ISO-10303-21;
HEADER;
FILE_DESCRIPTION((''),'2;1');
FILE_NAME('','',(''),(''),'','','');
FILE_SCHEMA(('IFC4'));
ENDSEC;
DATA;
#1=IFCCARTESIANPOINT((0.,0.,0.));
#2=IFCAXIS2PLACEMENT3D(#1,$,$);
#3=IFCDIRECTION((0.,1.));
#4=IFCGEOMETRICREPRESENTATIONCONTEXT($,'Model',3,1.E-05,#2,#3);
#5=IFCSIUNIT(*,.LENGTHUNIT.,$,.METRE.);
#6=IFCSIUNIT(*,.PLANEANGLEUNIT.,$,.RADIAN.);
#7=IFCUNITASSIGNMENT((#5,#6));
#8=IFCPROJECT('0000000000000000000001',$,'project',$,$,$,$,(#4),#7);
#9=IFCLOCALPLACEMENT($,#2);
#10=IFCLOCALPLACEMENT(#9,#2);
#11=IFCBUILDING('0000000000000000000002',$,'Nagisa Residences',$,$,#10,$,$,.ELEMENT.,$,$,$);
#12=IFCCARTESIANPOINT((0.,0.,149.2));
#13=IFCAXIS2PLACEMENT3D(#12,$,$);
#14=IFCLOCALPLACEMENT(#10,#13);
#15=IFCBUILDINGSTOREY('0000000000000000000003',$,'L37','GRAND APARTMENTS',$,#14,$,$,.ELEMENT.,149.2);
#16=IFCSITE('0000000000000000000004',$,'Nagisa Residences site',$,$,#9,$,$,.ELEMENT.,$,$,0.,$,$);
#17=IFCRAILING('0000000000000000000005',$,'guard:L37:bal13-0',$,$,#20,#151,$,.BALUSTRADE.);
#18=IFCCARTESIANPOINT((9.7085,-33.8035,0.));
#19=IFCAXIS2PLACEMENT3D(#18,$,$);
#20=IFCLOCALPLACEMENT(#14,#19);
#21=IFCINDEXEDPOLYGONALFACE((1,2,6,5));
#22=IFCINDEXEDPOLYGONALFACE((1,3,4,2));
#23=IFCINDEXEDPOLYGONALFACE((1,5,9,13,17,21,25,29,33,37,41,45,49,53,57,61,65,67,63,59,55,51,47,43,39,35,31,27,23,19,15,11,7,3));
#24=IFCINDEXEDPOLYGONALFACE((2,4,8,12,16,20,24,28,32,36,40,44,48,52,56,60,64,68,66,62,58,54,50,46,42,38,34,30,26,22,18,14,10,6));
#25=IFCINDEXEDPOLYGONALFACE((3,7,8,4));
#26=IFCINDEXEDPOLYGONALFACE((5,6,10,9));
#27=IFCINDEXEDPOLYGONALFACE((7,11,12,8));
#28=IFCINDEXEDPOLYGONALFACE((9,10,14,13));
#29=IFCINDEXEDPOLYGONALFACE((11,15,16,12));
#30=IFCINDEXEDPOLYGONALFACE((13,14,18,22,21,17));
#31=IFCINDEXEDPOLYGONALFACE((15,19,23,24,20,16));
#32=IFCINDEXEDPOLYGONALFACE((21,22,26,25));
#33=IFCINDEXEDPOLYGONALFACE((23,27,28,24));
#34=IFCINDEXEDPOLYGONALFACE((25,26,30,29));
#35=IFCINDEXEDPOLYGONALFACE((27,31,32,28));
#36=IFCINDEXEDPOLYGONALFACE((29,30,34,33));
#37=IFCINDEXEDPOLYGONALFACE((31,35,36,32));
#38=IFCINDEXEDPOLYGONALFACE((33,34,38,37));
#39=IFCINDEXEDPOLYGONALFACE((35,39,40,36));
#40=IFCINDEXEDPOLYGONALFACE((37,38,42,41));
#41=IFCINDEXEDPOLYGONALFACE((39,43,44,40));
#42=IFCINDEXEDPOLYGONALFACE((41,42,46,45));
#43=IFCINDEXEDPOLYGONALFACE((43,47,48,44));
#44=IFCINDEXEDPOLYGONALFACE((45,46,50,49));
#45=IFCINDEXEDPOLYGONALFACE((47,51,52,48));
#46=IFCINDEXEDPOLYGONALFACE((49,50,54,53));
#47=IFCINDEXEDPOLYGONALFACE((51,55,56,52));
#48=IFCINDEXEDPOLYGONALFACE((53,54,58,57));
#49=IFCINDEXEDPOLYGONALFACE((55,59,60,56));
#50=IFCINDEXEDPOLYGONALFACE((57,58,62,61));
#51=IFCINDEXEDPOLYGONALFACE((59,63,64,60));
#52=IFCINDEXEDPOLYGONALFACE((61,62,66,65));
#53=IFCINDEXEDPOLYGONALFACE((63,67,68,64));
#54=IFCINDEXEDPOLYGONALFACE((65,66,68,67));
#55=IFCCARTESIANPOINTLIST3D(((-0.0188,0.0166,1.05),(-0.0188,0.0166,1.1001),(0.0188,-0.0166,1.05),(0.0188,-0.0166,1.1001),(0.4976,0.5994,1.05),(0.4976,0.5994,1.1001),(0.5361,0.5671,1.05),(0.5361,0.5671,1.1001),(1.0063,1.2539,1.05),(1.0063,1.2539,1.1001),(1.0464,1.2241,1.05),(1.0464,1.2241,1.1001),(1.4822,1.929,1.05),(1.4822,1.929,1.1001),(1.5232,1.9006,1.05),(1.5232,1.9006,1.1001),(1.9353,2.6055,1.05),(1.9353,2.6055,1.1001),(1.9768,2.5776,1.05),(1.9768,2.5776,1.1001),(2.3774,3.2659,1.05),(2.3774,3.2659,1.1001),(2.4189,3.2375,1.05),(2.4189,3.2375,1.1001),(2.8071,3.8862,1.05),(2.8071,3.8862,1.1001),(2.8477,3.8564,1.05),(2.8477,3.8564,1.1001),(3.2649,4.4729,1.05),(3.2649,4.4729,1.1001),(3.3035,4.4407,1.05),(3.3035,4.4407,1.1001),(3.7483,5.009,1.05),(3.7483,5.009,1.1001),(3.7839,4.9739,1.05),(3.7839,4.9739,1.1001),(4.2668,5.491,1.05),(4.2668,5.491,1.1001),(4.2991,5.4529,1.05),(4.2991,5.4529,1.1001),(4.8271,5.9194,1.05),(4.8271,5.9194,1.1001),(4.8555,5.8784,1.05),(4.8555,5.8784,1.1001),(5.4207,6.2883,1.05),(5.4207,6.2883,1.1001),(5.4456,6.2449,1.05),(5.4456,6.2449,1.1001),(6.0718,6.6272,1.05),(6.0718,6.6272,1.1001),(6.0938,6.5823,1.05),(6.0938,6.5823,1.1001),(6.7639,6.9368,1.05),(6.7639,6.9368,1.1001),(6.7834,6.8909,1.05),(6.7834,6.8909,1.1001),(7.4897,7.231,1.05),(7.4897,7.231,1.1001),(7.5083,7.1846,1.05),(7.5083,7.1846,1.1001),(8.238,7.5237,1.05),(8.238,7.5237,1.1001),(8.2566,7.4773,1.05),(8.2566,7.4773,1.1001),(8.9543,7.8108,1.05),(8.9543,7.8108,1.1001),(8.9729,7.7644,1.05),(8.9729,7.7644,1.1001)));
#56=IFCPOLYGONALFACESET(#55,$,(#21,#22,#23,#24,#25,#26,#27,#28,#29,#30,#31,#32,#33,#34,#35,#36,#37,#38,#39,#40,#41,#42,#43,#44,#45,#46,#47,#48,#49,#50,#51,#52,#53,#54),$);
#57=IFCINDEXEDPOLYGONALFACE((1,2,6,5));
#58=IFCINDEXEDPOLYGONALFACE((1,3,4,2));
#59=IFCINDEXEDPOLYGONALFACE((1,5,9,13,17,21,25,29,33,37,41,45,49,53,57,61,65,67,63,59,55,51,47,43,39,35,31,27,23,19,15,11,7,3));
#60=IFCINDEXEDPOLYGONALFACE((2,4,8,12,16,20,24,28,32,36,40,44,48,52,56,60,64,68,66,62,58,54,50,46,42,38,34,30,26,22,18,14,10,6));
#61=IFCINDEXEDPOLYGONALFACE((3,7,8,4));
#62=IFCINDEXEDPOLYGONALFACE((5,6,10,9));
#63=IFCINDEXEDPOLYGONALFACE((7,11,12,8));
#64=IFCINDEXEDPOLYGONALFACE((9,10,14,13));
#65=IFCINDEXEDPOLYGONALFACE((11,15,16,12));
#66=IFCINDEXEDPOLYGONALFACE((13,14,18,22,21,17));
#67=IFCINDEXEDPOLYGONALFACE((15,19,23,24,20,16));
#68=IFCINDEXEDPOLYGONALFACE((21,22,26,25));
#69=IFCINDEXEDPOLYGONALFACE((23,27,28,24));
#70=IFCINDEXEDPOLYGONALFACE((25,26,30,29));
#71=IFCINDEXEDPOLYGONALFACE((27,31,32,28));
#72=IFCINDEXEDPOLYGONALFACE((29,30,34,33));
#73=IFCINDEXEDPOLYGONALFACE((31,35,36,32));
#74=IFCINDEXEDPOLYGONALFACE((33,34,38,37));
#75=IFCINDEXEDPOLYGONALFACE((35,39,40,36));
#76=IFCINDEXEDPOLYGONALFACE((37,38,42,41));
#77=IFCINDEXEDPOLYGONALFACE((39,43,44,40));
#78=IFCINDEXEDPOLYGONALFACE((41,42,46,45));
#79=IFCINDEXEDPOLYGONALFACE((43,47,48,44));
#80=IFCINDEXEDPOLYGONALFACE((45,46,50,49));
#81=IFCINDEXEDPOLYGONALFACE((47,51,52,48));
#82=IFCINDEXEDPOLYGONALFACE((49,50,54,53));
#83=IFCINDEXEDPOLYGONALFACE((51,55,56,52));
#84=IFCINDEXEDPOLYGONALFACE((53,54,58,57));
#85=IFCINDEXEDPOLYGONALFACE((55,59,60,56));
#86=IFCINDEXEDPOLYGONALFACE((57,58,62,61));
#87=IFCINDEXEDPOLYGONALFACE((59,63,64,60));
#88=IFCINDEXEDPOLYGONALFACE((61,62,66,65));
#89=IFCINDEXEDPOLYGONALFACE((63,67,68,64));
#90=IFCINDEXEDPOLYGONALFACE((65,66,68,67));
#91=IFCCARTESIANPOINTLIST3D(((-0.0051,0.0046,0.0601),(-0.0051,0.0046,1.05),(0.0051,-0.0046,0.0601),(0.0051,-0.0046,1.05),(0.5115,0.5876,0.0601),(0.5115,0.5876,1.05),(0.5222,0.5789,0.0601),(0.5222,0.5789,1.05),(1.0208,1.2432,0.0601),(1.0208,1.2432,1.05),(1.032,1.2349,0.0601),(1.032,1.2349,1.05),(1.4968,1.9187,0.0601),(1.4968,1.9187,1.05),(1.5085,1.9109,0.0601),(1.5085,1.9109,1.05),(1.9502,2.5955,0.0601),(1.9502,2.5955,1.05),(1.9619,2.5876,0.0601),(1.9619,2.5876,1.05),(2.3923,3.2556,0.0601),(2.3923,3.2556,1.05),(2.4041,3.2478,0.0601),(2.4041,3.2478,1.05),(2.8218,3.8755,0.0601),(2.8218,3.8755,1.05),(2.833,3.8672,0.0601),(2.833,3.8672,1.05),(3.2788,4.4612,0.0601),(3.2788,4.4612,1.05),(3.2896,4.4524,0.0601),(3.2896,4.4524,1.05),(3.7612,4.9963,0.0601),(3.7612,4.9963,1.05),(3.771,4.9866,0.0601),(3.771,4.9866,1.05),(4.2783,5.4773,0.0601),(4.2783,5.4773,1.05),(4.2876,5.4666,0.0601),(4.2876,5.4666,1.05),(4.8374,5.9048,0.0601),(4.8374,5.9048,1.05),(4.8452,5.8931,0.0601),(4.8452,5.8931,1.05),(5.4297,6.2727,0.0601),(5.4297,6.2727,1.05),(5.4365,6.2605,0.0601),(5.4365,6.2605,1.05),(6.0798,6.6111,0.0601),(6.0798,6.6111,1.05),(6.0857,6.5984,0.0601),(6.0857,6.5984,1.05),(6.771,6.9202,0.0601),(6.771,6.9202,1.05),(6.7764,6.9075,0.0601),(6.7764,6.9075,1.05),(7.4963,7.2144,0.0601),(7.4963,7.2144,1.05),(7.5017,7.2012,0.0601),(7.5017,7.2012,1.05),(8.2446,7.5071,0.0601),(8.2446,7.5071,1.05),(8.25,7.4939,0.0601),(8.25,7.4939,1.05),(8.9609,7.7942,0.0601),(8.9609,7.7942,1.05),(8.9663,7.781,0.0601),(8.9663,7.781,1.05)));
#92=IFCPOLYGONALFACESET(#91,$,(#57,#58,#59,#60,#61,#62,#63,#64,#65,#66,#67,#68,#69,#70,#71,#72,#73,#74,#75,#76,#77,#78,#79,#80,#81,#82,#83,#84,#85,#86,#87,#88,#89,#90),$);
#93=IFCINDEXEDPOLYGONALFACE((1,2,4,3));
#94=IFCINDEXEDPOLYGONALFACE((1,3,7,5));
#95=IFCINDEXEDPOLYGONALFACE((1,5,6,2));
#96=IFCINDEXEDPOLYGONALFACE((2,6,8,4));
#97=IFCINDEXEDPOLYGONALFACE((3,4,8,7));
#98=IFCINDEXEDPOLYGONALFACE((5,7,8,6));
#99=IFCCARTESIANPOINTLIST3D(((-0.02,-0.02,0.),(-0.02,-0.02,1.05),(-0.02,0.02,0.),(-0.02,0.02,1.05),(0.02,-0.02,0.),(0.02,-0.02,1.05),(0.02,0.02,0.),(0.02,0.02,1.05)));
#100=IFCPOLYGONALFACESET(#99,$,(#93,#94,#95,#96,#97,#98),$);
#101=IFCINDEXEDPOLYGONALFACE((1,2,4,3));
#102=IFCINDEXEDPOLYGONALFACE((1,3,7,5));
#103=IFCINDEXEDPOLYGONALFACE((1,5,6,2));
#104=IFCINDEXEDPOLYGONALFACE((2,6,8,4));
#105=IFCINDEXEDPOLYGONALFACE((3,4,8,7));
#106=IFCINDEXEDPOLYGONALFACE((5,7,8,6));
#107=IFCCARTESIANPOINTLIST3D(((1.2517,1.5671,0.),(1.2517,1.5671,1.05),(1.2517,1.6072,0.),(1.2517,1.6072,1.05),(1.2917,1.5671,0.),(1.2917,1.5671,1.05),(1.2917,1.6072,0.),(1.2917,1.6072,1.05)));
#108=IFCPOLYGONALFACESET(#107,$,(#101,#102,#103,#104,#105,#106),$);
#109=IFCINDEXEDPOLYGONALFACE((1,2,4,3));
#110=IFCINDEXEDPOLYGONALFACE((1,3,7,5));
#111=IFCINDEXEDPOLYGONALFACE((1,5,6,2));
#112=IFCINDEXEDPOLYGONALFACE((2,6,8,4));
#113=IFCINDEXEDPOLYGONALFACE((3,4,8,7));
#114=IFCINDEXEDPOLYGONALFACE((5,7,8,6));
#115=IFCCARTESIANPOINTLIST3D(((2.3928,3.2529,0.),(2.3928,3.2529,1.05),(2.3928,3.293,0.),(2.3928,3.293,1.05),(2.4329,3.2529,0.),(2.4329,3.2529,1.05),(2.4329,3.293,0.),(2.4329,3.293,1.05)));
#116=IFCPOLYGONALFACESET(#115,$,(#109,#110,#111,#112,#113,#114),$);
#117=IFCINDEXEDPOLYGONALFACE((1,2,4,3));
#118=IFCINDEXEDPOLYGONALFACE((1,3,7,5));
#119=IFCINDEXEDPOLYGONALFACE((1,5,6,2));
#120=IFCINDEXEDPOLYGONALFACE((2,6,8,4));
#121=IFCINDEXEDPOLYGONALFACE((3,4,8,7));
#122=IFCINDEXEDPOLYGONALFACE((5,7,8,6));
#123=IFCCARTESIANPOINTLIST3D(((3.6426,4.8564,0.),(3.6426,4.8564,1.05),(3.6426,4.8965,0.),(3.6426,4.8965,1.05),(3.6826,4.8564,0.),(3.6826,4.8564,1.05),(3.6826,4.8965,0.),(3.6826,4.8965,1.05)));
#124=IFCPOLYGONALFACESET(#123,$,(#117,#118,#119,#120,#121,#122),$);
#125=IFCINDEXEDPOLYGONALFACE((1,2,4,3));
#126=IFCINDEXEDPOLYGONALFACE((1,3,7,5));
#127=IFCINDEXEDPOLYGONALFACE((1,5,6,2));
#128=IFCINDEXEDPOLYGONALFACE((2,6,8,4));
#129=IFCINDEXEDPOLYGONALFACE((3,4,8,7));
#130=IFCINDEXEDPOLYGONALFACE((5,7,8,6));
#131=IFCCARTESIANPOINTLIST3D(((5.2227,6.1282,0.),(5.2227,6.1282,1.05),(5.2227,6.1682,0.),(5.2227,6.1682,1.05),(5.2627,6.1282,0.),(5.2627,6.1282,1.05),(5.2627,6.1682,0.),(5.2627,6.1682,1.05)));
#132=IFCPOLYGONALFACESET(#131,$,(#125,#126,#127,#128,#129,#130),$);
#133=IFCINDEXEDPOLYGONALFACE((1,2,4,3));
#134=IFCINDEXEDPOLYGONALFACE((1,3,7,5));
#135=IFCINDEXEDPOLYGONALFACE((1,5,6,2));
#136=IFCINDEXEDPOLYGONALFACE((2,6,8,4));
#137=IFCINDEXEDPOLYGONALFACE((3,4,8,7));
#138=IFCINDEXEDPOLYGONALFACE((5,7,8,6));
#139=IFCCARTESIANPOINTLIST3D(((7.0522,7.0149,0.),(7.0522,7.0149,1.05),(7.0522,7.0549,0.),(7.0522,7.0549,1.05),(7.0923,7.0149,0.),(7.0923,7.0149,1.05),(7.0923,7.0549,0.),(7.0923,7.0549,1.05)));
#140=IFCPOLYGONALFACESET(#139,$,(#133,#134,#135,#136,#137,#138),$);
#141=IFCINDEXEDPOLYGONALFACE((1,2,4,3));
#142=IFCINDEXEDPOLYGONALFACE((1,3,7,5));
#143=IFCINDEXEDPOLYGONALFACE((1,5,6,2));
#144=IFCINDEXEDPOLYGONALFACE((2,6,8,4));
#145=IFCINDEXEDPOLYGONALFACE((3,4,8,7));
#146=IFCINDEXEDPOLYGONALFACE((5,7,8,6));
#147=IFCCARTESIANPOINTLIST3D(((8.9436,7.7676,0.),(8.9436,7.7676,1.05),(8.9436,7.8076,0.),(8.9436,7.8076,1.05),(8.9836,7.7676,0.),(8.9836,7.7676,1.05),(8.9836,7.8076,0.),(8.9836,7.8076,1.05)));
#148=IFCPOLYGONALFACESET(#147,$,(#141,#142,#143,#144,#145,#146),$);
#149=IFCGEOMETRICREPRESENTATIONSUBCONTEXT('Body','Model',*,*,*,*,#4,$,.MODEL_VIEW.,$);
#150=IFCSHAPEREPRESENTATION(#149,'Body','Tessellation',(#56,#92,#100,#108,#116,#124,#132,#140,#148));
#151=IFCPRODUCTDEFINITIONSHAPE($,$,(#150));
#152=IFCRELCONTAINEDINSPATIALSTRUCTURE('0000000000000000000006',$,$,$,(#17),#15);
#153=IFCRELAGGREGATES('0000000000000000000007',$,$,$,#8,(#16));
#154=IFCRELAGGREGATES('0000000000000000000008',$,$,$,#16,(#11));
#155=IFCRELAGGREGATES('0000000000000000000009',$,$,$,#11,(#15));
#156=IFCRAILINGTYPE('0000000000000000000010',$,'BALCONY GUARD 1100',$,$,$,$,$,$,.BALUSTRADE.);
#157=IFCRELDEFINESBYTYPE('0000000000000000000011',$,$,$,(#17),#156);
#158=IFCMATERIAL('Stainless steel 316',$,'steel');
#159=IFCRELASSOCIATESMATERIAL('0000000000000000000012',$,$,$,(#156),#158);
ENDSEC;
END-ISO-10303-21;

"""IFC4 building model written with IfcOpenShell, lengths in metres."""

from ifc_helpers import new_model, si_unit, direction, frame, origin, origin_2d, place, context, subcontext, project, spatial, polyline, rectangle, outline, extrude, material, type_object, element, save


model = new_model("IFC4")

# Units and contexts
model_context = context("Model", 3, precision=1e-05, world=origin(), true_north=direction((0.0, 1.0)))
body_context = subcontext(model_context, "Body", "Model", "MODEL_VIEW")
ifc_project = project(units=[si_unit("LENGTHUNIT", "METRE"), si_unit("PLANEANGLEUNIT", "RADIAN")], contexts=[model_context])

# Site, building, storey
site_placement = place(None, origin())
site = spatial("IfcSite", under=ifc_project, at=site_placement, Name="Nagisa Residences site", CompositionType="ELEMENT", RefElevation=0.0)
building_placement = place(site_placement, origin())
building = spatial("IfcBuilding", under=site, at=building_placement, Name="Nagisa Residences", CompositionType="ELEMENT")
storey_placement = place(building_placement, frame((0.0, 0.0, 149.2)))
storey = spatial("IfcBuildingStorey", under=building, at=storey_placement, Name="L37", Description="GRAND APARTMENTS", CompositionType="ELEMENT", Elevation=149.2)

# Railing
ifc_material_1 = material(Name="Stainless steel 316", Category="steel")
railing_type = type_object("IfcRailingType", Name="BALCONY GUARD 1100", PredefinedType="BALUSTRADE", material=ifc_material_1)
railing_placement = place(storey_placement, frame((9.7085, -33.8035, 0.0)))
element("IfcRailing", 1, at=railing_placement, inside=storey, type_object=railing_type, Name="guard:L37:bal13-0", PredefinedType="BALUSTRADE", context=body_context, shape_type="SweptSolid", body=[
    extrude(outline(polyline([(0.4976, 0.5994), (-0.0188, 0.0166), (0.0188, -0.0166), (0.5361, 0.5671), (1.0464, 1.2241), (1.5232, 1.9006), (1.9768, 2.5776), (2.4189, 3.2375), (2.8477, 3.8564), (3.3035, 4.4407), (3.7839, 4.9739), (4.2991, 5.4529), (4.8555, 5.8784), (5.4456, 6.2449), (6.0938, 6.5823), (6.7834, 6.8909), (7.5083, 7.1846), (8.2566, 7.4773), (8.9729, 7.7644), (8.9543, 7.8108), (8.238, 7.5237), (7.4897, 7.231), (6.7639, 6.9368), (6.0718, 6.6272), (5.4207, 6.2883), (4.8271, 5.9194), (4.2668, 5.491), (3.7483, 5.009), (3.2649, 4.4729), (2.8071, 3.8862), (2.3774, 3.2659), (1.9353, 2.6055), (1.4822, 1.929), (1.0063, 1.2539), (0.4976, 0.5994)])), frame((0.0, 0.0, 1.05)), (0.0, 0.0, 1.0), 0.05),
    extrude(outline(polyline([(0.5115, 0.5876), (-0.0051, 0.0046), (0.0051, -0.0046), (0.5222, 0.5789), (1.032, 1.2349), (1.5085, 1.9109), (1.9619, 2.5876), (2.4041, 3.2478), (2.833, 3.8672), (3.2896, 4.4524), (3.771, 4.9866), (4.2876, 5.4666), (4.8452, 5.8931), (5.4365, 6.2605), (6.0857, 6.5984), (6.7764, 6.9075), (7.5017, 7.2012), (8.25, 7.4939), (8.9663, 7.781), (8.9609, 7.7942), (8.2446, 7.5071), (7.4963, 7.2144), (6.771, 6.9202), (6.0798, 6.6111), (5.4297, 6.2727), (4.8374, 5.9048), (4.2783, 5.4773), (3.7612, 4.9963), (3.2788, 4.4612), (2.8218, 3.8755), (2.3923, 3.2556), (1.9502, 2.5955), (1.4968, 1.9187), (1.0208, 1.2432), (0.5115, 0.5876)])), frame((0.0, 0.0, 0.0601)), (0.0, 0.0, 1.0), 0.99),
    extrude(rectangle(XDim=0.04, YDim=0.04, at=origin_2d()), origin(), (0.0, 0.0, 1.0), 1.05),
    extrude(rectangle(XDim=0.04, YDim=0.04, at=origin_2d()), frame((1.2717, 1.5872, 0.0)), (0.0, 0.0, 1.0), 1.05),
    extrude(rectangle(XDim=0.04, YDim=0.04, at=origin_2d()), frame((2.4128, 3.2729, 0.0)), (0.0, 0.0, 1.0), 1.05),
    extrude(rectangle(XDim=0.04, YDim=0.04, at=origin_2d()), frame((3.6626, 4.8765, 0.0)), (0.0, 0.0, 1.0), 1.05),
    extrude(rectangle(XDim=0.04, YDim=0.04, at=origin_2d()), frame((5.2427, 6.1482, 0.0)), (0.0, 0.0, 1.0), 1.05),
    extrude(rectangle(XDim=0.04, YDim=0.04, at=origin_2d()), frame((7.0723, 7.0349, 0.0)), (0.0, 0.0, 1.0), 1.05),
    extrude(rectangle(XDim=0.04, YDim=0.04, at=origin_2d()), frame((8.9636, 7.7876, 0.0)), (0.0, 0.0, 1.0), 1.05),
])

save(model, "model.ifc")
